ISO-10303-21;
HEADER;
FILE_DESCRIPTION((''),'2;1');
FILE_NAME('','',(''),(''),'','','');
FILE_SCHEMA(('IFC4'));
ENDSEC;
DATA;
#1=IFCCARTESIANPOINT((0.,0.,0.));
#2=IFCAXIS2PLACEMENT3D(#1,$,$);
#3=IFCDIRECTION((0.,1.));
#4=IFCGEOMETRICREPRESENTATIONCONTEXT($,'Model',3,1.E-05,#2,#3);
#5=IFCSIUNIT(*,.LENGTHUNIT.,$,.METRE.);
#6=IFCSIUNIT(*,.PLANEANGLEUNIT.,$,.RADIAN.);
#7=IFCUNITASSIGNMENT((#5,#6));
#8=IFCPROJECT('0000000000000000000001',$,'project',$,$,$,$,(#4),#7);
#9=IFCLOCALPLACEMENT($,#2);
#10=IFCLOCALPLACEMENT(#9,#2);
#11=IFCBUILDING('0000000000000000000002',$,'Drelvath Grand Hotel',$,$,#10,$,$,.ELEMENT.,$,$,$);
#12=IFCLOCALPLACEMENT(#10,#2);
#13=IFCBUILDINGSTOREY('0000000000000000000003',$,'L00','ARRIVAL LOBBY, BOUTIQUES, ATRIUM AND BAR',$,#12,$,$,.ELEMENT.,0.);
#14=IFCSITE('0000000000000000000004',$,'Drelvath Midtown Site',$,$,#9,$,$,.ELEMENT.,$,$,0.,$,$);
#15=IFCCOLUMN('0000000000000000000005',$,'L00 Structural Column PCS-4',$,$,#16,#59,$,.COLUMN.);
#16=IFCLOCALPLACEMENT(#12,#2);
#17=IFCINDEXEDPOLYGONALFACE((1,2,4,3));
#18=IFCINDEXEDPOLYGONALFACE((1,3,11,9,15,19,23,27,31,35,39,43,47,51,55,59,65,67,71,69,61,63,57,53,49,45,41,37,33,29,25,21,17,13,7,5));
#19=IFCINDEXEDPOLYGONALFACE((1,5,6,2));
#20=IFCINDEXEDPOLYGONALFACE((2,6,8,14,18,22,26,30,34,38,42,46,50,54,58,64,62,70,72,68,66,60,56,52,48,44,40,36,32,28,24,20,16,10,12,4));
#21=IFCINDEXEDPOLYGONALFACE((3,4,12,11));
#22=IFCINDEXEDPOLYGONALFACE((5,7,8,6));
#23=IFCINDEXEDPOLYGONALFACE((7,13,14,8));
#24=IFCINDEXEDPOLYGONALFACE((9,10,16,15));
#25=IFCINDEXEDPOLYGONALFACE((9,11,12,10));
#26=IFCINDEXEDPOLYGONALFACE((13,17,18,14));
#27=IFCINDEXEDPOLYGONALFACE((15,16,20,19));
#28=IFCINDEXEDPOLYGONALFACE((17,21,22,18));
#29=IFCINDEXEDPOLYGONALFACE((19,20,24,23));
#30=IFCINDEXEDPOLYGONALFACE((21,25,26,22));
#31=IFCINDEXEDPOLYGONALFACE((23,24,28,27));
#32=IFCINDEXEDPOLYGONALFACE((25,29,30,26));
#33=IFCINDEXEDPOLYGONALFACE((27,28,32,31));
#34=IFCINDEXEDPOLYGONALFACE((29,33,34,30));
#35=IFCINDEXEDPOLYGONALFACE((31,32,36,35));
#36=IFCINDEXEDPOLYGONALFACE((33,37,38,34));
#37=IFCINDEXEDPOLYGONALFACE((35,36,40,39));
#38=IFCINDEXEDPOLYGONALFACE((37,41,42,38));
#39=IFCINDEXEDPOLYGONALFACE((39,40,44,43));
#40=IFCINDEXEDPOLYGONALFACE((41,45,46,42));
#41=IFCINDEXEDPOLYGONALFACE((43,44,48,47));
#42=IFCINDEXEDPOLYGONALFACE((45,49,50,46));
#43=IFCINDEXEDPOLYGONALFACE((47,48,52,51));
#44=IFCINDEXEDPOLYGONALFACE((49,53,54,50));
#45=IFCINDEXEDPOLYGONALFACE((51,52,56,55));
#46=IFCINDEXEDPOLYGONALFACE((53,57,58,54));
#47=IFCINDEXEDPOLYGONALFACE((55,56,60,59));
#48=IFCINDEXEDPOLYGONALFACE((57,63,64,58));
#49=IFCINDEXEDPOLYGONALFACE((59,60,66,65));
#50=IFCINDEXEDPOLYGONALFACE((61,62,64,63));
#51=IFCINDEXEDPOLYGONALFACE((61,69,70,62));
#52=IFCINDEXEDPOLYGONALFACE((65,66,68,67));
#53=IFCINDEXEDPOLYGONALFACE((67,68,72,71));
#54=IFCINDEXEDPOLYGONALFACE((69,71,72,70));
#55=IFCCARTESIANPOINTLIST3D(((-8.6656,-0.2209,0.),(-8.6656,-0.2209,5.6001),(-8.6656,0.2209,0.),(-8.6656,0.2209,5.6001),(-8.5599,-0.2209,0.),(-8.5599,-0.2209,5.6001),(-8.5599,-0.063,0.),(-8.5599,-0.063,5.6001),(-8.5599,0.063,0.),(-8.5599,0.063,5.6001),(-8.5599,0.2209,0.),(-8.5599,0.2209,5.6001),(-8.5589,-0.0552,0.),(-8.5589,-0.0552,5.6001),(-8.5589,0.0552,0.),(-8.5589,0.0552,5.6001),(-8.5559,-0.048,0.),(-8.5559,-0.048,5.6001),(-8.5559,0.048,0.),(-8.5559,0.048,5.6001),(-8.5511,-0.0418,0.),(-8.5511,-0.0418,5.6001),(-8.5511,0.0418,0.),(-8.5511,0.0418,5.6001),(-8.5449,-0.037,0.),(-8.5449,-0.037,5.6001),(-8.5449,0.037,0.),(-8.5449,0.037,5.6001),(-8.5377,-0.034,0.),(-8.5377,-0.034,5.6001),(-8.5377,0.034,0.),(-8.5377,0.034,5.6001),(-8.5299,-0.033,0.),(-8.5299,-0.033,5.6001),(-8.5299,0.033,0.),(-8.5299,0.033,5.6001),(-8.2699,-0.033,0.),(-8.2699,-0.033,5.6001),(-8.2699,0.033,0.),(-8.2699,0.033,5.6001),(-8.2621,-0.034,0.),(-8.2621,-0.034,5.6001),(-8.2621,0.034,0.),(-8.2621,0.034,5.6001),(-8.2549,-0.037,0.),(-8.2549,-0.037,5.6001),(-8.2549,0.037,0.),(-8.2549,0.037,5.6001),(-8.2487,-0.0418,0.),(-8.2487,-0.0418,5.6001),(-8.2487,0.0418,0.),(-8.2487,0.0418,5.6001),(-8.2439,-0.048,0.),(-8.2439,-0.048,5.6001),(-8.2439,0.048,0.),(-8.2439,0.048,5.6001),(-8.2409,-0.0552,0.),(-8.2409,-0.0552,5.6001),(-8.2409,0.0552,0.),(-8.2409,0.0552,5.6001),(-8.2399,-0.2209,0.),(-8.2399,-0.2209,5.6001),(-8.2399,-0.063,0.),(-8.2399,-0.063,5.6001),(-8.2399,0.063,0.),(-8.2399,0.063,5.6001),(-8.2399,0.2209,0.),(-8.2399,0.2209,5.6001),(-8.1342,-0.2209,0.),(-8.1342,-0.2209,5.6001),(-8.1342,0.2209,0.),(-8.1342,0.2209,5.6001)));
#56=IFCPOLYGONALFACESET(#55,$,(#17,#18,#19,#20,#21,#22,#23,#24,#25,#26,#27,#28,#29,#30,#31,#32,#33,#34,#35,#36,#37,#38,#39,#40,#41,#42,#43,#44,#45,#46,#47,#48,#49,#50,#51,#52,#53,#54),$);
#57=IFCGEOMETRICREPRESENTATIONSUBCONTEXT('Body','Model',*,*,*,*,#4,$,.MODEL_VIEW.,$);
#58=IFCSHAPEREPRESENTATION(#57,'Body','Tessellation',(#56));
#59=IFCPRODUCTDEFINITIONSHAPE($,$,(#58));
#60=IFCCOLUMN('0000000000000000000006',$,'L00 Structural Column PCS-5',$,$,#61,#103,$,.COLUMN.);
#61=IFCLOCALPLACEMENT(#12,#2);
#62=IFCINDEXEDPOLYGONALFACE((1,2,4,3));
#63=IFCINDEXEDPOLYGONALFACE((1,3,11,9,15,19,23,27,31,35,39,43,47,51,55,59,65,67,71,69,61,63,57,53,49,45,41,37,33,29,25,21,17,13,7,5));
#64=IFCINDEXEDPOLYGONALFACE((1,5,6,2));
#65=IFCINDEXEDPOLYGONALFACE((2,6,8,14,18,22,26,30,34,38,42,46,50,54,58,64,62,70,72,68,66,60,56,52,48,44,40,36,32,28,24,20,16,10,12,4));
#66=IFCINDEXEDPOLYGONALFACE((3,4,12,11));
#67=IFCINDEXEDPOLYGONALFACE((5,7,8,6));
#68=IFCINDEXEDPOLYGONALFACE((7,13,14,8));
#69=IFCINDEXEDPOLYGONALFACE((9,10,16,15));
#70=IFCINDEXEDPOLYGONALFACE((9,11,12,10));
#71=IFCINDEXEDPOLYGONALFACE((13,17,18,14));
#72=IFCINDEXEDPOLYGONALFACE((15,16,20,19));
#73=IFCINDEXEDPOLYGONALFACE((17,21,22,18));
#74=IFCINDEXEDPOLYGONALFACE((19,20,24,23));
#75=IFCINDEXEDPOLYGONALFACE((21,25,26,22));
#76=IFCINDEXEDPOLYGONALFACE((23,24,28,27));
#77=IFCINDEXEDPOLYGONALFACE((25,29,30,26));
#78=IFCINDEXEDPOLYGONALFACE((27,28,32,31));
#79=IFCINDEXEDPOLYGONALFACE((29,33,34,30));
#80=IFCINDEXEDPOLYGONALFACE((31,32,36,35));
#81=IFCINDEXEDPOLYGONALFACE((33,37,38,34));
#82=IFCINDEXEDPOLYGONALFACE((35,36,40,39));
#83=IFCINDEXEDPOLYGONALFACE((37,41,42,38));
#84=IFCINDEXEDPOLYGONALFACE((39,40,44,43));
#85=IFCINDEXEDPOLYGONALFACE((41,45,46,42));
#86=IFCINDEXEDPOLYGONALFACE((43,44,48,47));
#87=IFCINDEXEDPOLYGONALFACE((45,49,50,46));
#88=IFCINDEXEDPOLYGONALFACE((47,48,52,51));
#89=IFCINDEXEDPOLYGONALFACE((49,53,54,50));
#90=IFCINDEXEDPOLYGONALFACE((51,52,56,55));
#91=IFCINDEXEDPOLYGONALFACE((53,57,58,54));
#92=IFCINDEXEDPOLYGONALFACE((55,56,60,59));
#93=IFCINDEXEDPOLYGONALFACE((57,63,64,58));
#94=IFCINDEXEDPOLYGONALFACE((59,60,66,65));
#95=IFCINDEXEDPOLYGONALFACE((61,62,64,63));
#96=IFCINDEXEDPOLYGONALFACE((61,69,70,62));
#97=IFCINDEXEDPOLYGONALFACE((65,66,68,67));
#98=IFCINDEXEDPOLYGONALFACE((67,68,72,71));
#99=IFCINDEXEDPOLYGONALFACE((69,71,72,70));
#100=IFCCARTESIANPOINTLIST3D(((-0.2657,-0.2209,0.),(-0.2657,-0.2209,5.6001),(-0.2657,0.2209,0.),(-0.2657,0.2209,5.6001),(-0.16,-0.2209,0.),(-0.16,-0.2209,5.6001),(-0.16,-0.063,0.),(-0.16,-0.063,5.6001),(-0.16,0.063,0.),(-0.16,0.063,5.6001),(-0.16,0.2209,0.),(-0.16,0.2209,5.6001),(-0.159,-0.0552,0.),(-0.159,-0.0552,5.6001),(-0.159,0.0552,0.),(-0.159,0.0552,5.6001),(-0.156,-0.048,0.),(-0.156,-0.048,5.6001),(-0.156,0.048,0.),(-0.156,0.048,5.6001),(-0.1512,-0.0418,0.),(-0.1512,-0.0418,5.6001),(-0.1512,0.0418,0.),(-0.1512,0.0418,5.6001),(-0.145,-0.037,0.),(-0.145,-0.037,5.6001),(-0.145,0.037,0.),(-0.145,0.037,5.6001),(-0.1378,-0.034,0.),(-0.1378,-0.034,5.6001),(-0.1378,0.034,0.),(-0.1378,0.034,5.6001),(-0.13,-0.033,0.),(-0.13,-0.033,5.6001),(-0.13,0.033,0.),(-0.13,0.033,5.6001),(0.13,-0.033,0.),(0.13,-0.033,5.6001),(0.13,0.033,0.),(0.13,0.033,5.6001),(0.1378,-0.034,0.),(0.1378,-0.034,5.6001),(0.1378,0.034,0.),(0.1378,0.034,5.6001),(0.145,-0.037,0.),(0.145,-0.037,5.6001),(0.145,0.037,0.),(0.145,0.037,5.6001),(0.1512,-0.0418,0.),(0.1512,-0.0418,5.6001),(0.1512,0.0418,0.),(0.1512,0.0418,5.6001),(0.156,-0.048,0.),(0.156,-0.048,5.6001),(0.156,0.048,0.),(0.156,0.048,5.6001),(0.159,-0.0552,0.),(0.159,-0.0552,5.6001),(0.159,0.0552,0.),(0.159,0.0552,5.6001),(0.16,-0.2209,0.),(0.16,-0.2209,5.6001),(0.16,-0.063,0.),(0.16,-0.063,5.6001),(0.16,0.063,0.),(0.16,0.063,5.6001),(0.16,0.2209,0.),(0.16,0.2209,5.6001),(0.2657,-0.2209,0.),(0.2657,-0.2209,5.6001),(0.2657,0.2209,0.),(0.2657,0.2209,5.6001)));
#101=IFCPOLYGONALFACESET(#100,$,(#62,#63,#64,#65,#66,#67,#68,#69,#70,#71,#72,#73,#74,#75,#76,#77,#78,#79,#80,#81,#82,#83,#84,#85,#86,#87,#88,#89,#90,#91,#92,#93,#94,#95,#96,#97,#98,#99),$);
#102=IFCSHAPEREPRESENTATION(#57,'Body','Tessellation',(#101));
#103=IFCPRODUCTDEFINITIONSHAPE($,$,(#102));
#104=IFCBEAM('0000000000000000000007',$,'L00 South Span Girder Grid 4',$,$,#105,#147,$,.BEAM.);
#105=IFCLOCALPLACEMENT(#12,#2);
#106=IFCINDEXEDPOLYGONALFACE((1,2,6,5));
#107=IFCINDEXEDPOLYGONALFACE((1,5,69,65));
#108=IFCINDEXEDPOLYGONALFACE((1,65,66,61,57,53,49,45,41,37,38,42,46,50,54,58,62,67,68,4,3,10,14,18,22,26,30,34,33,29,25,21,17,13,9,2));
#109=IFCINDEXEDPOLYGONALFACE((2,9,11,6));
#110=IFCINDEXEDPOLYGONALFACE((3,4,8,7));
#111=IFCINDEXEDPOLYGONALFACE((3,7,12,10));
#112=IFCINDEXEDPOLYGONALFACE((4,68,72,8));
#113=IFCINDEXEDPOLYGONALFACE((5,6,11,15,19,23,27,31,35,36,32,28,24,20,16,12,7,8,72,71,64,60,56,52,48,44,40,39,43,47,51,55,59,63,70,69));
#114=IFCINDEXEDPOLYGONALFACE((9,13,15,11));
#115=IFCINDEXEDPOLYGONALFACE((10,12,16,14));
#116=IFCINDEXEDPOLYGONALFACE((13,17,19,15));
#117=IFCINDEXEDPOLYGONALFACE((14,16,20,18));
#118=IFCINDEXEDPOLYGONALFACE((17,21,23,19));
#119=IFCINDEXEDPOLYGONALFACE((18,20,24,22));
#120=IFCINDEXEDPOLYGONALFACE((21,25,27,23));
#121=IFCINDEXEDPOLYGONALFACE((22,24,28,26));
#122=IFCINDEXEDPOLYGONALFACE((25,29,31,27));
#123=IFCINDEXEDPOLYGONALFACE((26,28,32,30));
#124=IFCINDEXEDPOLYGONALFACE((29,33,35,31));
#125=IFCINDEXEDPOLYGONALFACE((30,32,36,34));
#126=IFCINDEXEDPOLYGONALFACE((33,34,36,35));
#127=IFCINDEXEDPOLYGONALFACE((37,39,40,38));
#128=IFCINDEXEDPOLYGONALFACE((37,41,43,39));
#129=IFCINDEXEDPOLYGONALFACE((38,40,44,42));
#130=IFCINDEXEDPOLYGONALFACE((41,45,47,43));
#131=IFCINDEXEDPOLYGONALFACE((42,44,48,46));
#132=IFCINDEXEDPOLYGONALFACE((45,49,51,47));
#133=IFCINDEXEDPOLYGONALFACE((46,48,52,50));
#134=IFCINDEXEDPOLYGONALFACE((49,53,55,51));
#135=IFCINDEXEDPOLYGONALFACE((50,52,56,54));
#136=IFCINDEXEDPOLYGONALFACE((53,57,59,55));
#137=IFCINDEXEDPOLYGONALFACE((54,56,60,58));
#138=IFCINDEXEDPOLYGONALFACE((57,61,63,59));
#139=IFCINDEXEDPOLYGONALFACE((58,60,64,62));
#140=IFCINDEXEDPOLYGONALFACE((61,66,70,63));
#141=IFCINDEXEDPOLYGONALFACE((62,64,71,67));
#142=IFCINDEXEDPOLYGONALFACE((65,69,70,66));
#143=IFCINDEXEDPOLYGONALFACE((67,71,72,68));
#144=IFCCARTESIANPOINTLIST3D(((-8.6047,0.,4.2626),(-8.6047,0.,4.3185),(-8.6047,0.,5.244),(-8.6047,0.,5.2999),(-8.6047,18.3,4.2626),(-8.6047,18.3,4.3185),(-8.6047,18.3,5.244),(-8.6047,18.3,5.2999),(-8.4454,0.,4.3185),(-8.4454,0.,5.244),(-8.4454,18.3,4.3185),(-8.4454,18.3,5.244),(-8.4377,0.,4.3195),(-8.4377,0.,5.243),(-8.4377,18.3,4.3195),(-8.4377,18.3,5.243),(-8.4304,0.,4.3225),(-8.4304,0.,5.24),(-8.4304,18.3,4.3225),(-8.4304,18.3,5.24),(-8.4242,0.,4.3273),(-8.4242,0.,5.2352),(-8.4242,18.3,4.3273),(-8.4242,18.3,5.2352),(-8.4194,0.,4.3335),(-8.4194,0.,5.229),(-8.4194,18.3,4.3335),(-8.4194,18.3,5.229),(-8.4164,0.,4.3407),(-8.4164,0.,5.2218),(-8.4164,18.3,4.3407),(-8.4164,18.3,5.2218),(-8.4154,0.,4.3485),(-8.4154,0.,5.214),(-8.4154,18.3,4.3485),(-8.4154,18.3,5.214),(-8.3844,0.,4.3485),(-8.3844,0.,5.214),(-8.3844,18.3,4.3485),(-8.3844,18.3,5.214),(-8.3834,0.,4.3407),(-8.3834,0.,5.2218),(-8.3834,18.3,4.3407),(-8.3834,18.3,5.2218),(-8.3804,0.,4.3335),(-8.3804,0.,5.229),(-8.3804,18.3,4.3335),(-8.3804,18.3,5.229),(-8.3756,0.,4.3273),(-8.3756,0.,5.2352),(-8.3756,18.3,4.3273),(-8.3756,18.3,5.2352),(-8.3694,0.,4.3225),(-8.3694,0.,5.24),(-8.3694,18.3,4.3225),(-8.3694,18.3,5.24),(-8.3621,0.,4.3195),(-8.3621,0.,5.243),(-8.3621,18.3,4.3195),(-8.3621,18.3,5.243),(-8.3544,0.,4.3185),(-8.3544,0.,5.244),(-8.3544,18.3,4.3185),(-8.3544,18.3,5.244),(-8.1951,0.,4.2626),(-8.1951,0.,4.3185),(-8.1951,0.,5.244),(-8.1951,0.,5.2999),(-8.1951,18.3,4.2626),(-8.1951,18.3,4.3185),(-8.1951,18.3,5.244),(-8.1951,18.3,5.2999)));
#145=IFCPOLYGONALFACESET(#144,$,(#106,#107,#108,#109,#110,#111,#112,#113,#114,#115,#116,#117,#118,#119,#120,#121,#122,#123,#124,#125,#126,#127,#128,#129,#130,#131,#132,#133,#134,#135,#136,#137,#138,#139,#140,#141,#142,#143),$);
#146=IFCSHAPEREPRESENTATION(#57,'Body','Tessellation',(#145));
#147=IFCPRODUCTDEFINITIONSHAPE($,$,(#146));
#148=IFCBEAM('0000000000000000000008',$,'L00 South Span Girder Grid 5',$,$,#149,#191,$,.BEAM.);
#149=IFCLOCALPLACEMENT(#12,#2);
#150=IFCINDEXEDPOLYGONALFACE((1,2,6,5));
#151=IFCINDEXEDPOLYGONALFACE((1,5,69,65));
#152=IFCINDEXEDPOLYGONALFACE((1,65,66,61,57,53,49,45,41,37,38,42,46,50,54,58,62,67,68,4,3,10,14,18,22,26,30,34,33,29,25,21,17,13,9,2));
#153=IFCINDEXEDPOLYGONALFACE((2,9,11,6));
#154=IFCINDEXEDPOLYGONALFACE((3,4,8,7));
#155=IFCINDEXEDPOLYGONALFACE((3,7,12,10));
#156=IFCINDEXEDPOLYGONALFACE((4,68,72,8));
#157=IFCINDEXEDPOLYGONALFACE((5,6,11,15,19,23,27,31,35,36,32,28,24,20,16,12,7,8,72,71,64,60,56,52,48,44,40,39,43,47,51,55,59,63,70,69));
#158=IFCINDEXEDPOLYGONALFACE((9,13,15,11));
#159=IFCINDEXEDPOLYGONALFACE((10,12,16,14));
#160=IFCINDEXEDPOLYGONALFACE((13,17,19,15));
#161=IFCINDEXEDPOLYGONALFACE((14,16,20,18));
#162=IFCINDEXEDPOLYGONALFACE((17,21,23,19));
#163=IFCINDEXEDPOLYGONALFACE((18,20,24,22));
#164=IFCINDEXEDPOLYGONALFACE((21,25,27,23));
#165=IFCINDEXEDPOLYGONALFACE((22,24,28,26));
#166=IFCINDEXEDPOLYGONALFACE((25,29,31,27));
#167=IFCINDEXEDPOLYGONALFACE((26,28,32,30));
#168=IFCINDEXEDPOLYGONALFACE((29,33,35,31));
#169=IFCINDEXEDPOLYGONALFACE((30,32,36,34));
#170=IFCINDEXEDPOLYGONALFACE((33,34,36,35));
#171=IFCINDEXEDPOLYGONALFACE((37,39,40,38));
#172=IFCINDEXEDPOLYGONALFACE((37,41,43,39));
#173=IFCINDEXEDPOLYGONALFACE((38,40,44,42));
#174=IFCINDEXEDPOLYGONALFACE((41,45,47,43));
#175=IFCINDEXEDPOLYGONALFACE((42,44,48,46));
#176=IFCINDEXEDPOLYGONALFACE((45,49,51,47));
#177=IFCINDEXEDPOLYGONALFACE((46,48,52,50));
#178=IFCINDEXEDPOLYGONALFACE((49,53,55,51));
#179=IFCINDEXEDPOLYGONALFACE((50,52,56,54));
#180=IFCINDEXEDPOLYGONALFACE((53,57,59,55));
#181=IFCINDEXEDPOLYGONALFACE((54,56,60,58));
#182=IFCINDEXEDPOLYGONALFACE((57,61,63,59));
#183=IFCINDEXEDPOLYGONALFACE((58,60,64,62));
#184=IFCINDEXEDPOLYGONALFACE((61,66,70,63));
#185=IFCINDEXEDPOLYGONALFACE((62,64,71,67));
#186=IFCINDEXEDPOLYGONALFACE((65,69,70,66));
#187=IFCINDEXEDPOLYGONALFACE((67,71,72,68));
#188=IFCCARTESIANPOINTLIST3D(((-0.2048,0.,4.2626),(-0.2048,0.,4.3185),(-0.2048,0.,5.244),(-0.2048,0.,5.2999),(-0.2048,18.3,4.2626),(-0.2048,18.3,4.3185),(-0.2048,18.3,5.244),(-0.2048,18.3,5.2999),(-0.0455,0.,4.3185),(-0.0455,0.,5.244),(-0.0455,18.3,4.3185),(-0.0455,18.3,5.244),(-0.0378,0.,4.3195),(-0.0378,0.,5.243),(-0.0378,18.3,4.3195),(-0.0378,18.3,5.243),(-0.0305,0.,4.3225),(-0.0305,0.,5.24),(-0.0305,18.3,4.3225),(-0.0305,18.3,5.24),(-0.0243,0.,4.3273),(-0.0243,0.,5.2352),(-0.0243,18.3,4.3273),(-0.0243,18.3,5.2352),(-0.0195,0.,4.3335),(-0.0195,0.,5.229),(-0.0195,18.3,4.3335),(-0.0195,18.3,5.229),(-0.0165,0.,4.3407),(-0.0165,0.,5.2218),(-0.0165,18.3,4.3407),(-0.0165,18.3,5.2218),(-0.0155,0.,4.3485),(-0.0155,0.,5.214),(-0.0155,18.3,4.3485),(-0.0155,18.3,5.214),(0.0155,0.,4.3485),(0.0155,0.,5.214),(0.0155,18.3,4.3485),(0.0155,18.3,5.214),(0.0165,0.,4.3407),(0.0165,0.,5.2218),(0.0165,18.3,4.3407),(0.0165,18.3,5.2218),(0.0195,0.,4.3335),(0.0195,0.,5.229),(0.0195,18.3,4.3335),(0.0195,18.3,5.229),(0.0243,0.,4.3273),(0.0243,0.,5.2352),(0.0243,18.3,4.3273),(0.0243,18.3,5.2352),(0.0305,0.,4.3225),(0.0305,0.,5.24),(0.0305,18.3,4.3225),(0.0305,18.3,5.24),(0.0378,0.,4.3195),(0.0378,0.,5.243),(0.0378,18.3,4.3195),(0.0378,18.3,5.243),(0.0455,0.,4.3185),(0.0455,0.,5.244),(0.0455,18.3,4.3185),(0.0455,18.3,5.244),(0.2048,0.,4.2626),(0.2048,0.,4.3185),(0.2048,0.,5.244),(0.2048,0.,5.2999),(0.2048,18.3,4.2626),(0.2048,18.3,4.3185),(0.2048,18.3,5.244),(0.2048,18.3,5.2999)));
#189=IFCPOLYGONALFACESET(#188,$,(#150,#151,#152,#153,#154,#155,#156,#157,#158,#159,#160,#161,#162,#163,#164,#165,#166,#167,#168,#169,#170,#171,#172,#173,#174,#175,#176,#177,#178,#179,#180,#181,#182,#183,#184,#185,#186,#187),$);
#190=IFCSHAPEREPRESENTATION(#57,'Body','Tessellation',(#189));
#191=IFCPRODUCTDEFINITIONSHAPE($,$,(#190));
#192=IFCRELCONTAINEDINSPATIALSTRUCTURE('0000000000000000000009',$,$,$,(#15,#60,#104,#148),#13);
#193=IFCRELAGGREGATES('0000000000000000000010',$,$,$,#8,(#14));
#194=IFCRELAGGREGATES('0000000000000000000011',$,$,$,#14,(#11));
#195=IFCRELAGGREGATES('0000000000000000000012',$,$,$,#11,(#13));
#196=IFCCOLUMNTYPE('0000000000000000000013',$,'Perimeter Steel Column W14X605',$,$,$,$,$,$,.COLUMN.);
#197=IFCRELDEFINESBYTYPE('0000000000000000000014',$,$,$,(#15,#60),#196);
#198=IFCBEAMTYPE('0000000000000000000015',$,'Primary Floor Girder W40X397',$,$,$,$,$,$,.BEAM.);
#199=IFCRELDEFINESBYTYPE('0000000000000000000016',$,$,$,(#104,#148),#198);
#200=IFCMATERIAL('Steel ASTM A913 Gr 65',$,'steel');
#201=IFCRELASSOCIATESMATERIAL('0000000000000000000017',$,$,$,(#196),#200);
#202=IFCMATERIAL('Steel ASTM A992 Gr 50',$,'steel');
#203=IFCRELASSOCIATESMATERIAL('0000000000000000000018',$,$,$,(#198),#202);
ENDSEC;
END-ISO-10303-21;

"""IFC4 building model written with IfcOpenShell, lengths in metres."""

from ifc_helpers import new_model, si_unit, direction, frame, origin, origin_2d, place, context, subcontext, project, spatial, i_section, extrude, material, material_profile, profile_set, type_object, element, save


model = new_model("IFC4")

# Units and contexts
model_context = context("Model", 3, precision=1e-05, world=origin(), true_north=direction((0.0, 1.0)))
body_context = subcontext(model_context, "Body", "Model", "MODEL_VIEW")
ifc_project = project(units=[si_unit("LENGTHUNIT", "METRE"), si_unit("PLANEANGLEUNIT", "RADIAN")], contexts=[model_context])

# Site, building, storey
site_placement = place(None, origin())
site = spatial("IfcSite", under=ifc_project, at=site_placement, Name="Drelvath Midtown Site", CompositionType="ELEMENT", RefElevation=0.0)
building_placement = place(site_placement, origin())
building = spatial("IfcBuilding", under=site, at=building_placement, Name="Drelvath Grand Hotel", CompositionType="ELEMENT")
storey_placement = place(building_placement, origin())
storey = spatial("IfcBuildingStorey", under=building, at=storey_placement, Name="L00", Description="ARRIVAL LOBBY, BOUTIQUES, ATRIUM AND BAR", CompositionType="ELEMENT", Elevation=0.0)

# Columns
ifc_material_1 = material(Name="Steel ASTM A913 Gr 65", Category="steel")
ifc_material_profile_1 = material_profile(ifc_material_1, i_section(OverallWidth=0.4419, OverallDepth=0.5315, WebThickness=0.0659, FlangeThickness=0.1057, FilletRadius=0.03, at=origin_2d()), Name="W14X605")
ifc_profile_set_1 = profile_set([ifc_material_profile_1], Name="Steel ASTM A913 Gr 65")
column_type = type_object("IfcColumnType", Name="Perimeter Steel Column W14X605", PredefinedType="COLUMN", material=ifc_profile_set_1)
for number, where, z_axis, x_axis, name in (
    (1, (-8.3999, 0.0, 0.0), (0.0, 0.0, 1.0), (0.0, 1.0, 0.0), "L00 Structural Column PCS-4"),
    (2, (0.0, 0.0, 0.0), (0.0, 0.0, 1.0), (0.0, 1.0, 0.0), "L00 Structural Column PCS-5"),
):
    element("IfcColumn", number, at=place(storey_placement, frame(where, z_axis=z_axis, x_axis=x_axis)), inside=storey, type_object=column_type, Name=name, PredefinedType="COLUMN", context=body_context, shape_type="SweptSolid", body=[
        extrude(i_section(OverallWidth=0.4419, OverallDepth=0.5315, WebThickness=0.0659, FlangeThickness=0.1057, FilletRadius=0.03, at=origin_2d()), origin(), (0.0, 0.0, 1.0), 5.6001),
    ])

# Beams
ifc_material_2 = material(Name="Steel ASTM A992 Gr 50", Category="steel")
ifc_material_profile_2 = material_profile(ifc_material_2, i_section(OverallWidth=0.4097, OverallDepth=1.0374, WebThickness=0.031, FlangeThickness=0.0559, FilletRadius=0.03, at=origin_2d()), Name="W40X397")
ifc_profile_set_2 = profile_set([ifc_material_profile_2], Name="Steel ASTM A992 Gr 50")
beam_type = type_object("IfcBeamType", Name="Primary Floor Girder W40X397", PredefinedType="BEAM", material=ifc_profile_set_2)
for number, where, z_axis, x_axis, name in (
    (3, (-8.3999, 0.0, 4.7812), (0.0, 1.0, 0.0), (-1.0, 0.0, 0.0), "L00 South Span Girder Grid 4"),
    (4, (0.0, 0.0, 4.7812), (0.0, 1.0, 0.0), (-1.0, 0.0, 0.0), "L00 South Span Girder Grid 5"),
):
    element("IfcBeam", number, at=place(storey_placement, frame(where, z_axis=z_axis, x_axis=x_axis)), inside=storey, type_object=beam_type, Name=name, PredefinedType="BEAM", context=body_context, shape_type="SweptSolid", body=[
        extrude(i_section(OverallWidth=0.4097, OverallDepth=1.0374, WebThickness=0.031, FlangeThickness=0.0559, FilletRadius=0.03, at=origin_2d()), origin(), (0.0, 0.0, 1.0), 18.3),
    ])

save(model, "model.ifc")
